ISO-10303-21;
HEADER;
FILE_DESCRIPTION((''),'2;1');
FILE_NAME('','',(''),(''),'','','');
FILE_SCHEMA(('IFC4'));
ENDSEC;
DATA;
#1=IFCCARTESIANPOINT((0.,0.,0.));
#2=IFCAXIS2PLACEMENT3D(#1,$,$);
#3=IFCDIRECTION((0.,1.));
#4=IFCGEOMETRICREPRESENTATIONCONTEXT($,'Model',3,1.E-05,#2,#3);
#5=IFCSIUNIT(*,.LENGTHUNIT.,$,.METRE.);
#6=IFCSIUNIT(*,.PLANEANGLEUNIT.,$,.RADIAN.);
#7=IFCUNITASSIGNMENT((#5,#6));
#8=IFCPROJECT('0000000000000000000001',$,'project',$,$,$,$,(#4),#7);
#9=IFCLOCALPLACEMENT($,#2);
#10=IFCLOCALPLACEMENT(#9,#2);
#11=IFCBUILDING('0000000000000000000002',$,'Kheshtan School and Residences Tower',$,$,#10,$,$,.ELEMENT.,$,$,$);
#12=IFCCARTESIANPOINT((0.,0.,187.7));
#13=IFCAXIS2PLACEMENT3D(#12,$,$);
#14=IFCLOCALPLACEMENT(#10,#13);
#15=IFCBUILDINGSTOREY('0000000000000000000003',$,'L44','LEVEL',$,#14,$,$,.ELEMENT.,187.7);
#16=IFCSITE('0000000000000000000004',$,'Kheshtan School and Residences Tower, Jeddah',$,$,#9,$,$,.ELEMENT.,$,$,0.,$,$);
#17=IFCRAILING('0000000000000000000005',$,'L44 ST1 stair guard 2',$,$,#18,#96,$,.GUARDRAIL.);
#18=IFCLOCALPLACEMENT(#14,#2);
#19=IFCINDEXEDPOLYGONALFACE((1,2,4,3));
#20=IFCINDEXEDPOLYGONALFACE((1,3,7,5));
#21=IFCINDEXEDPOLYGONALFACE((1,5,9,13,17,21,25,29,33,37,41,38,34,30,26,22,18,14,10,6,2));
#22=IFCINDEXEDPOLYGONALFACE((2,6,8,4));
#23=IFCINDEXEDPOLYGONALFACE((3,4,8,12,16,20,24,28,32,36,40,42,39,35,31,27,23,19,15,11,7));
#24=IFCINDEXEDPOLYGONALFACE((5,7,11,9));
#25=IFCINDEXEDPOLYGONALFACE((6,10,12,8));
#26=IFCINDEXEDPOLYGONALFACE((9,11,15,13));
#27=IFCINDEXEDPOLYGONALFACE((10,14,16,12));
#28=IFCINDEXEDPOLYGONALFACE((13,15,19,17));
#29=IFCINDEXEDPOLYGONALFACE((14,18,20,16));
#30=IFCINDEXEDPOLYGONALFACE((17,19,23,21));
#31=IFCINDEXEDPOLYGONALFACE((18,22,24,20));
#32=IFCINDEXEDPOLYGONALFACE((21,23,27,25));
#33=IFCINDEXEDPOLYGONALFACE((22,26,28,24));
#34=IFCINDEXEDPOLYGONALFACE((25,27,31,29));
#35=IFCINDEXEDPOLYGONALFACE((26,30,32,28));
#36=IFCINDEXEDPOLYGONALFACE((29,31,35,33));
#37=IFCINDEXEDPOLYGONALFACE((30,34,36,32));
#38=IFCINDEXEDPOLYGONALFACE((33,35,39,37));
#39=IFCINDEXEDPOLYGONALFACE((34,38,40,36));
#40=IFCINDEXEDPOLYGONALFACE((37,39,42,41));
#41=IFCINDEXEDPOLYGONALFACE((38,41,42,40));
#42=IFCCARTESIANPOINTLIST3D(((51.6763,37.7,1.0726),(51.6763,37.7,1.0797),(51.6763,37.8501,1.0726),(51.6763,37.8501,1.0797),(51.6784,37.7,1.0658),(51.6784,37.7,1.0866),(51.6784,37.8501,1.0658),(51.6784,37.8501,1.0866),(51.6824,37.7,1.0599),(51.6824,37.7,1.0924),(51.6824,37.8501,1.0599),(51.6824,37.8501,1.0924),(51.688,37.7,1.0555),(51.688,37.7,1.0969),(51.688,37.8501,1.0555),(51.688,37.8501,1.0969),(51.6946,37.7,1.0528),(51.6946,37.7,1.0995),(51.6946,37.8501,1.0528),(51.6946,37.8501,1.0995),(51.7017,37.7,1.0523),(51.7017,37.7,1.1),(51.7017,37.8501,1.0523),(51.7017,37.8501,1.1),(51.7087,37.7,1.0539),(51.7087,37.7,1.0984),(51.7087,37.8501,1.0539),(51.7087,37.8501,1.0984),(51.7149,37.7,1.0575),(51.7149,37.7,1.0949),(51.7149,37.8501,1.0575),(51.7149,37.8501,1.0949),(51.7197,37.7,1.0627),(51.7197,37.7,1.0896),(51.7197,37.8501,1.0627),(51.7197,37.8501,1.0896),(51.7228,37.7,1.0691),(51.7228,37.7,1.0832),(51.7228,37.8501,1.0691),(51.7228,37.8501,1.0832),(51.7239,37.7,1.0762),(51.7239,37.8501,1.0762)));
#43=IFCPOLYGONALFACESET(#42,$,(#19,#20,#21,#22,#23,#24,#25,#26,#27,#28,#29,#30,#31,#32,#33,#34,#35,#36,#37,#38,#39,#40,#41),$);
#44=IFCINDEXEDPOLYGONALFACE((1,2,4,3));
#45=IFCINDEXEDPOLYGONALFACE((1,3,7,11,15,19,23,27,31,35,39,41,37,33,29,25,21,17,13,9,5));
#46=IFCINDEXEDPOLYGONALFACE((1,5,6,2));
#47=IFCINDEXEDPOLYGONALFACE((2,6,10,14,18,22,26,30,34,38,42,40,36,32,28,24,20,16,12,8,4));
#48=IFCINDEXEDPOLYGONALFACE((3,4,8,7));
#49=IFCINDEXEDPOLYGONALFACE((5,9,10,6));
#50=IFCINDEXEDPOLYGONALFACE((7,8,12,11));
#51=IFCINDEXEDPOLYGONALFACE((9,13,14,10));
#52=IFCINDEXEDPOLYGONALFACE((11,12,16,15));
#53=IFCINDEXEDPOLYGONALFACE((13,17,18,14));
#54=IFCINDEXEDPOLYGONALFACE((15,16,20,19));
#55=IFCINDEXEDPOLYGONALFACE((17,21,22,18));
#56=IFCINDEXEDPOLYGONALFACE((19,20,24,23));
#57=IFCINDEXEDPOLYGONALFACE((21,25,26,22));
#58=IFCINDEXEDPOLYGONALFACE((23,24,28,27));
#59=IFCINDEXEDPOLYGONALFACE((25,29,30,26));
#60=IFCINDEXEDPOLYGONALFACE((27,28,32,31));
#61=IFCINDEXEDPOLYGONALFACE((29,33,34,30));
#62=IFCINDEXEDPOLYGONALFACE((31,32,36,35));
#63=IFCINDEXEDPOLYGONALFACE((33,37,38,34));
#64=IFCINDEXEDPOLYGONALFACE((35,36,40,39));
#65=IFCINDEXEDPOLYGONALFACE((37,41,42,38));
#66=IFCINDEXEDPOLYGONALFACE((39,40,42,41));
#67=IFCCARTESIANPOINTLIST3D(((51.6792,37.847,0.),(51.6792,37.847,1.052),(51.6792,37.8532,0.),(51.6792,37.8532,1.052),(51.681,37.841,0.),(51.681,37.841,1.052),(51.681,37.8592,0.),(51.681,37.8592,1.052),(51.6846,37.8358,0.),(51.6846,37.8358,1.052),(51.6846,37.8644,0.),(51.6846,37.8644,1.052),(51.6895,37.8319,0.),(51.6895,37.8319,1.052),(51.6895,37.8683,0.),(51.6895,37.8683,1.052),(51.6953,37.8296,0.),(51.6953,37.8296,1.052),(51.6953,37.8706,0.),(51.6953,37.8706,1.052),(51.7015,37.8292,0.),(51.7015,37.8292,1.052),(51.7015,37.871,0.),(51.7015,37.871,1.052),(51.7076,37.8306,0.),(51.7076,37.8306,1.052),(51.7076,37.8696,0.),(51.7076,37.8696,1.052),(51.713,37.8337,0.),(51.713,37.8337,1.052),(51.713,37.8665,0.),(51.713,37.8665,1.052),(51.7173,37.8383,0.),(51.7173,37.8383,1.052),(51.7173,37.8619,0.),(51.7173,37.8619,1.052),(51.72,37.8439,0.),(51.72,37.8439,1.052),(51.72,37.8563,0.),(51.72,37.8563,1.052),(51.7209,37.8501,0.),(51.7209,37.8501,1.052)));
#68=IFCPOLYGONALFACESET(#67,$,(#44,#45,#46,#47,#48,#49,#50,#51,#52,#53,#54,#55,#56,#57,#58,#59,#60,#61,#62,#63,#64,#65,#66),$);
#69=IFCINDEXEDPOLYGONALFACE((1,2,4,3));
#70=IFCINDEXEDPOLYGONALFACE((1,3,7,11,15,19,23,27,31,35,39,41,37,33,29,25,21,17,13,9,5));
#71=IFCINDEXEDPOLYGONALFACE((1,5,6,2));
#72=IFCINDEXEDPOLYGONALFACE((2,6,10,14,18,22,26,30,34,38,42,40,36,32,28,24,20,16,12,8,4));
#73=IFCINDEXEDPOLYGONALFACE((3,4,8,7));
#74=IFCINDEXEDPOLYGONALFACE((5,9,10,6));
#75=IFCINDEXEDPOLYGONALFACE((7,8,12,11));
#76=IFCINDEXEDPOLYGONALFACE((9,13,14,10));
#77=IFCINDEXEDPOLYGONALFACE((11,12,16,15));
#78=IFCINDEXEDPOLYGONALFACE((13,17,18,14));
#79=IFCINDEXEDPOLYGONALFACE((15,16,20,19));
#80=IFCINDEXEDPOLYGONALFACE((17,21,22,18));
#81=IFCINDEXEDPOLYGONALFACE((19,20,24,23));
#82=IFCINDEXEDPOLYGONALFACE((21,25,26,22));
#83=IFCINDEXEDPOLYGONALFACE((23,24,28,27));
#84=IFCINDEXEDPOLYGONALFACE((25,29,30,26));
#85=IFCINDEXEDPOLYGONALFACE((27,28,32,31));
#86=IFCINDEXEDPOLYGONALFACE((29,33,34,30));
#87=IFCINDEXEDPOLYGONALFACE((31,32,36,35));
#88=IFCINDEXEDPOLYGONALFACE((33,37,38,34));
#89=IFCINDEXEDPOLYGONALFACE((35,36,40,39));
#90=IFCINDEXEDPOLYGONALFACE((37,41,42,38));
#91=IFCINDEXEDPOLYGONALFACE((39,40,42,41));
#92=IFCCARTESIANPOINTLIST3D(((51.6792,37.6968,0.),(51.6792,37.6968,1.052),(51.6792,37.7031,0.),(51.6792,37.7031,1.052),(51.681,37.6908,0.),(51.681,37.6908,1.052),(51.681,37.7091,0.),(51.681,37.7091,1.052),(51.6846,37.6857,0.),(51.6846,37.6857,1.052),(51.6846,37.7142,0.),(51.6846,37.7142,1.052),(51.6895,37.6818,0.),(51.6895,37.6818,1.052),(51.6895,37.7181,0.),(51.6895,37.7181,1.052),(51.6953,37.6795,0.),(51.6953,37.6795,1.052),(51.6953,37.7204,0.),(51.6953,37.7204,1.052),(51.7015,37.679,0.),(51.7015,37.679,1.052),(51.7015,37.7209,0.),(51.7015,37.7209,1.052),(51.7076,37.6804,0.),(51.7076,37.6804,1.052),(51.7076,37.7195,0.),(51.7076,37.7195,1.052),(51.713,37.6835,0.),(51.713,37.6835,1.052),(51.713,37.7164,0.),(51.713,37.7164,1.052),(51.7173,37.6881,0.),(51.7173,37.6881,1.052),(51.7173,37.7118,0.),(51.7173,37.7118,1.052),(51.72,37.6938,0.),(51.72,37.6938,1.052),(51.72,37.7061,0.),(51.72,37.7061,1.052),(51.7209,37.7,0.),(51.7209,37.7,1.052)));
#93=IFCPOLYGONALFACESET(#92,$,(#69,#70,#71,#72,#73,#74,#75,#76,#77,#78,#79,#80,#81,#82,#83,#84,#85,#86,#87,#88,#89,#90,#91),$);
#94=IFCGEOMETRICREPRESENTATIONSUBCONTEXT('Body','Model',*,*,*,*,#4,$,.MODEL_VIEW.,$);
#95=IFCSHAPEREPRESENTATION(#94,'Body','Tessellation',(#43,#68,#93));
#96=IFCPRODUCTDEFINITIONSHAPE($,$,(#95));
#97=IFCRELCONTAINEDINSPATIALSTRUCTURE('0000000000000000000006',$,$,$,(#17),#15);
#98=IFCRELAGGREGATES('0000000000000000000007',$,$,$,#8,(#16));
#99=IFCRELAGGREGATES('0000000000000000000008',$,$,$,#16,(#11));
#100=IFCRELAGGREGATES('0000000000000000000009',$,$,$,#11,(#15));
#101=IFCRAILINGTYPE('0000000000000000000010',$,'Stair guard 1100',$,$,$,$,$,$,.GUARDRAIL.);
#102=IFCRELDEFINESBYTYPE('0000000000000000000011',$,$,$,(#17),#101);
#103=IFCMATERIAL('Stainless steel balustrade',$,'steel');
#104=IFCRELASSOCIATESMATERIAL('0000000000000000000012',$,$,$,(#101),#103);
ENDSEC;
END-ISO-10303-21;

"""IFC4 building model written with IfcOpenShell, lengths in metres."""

from ifc_helpers import new_model, si_unit, direction, frame, origin, origin_2d, place, context, subcontext, project, spatial, circle, extrude, material, type_object, element, save


model = new_model("IFC4")

# Units and contexts
model_context = context("Model", 3, precision=1e-05, world=origin(), true_north=direction((0.0, 1.0)))
body_context = subcontext(model_context, "Body", "Model", "MODEL_VIEW")
ifc_project = project(units=[si_unit("LENGTHUNIT", "METRE"), si_unit("PLANEANGLEUNIT", "RADIAN")], contexts=[model_context])

# Site, building, storey
site_placement = place(None, origin())
site = spatial("IfcSite", under=ifc_project, at=site_placement, Name="Kheshtan School and Residences Tower, Jeddah", CompositionType="ELEMENT", RefElevation=0.0)
building_placement = place(site_placement, origin())
building = spatial("IfcBuilding", under=site, at=building_placement, Name="Kheshtan School and Residences Tower", CompositionType="ELEMENT")
storey_placement = place(building_placement, frame((0.0, 0.0, 187.7)))
storey = spatial("IfcBuildingStorey", under=building, at=storey_placement, Name="L44", Description="LEVEL", CompositionType="ELEMENT", Elevation=187.7)

# Railing
ifc_material_1 = material(Name="Stainless steel balustrade", Category="steel")
railing_type_1 = type_object("IfcRailingType", Name="Stair guard 1100", PredefinedType="GUARDRAIL", material=ifc_material_1)
railing_1_placement = place(storey_placement, frame((51.7, 37.8501, 0.0)))
element("IfcRailing", 1, at=railing_1_placement, inside=storey, type_object=railing_type_1, Name="L44 ST1 stair guard 2", PredefinedType="GUARDRAIL", context=body_context, shape_type="SweptSolid", body=[
    extrude(circle(Radius=0.0239, at=origin_2d()), frame((0.0, 0.0, 1.0762), z_axis=(0.0, -1.0, 0.0), x_axis=(1.0, 0.0, 0.0)), (0.0, 0.0, 1.0), 0.1501),
    extrude(circle(Radius=0.021, at=origin_2d()), origin(), (0.0, 0.0, 1.0), 1.052),
    extrude(circle(Radius=0.021, at=origin_2d()), frame((0.0, -0.1501, 0.0)), (0.0, 0.0, 1.0), 1.052),
])

save(model, "model.ifc")
